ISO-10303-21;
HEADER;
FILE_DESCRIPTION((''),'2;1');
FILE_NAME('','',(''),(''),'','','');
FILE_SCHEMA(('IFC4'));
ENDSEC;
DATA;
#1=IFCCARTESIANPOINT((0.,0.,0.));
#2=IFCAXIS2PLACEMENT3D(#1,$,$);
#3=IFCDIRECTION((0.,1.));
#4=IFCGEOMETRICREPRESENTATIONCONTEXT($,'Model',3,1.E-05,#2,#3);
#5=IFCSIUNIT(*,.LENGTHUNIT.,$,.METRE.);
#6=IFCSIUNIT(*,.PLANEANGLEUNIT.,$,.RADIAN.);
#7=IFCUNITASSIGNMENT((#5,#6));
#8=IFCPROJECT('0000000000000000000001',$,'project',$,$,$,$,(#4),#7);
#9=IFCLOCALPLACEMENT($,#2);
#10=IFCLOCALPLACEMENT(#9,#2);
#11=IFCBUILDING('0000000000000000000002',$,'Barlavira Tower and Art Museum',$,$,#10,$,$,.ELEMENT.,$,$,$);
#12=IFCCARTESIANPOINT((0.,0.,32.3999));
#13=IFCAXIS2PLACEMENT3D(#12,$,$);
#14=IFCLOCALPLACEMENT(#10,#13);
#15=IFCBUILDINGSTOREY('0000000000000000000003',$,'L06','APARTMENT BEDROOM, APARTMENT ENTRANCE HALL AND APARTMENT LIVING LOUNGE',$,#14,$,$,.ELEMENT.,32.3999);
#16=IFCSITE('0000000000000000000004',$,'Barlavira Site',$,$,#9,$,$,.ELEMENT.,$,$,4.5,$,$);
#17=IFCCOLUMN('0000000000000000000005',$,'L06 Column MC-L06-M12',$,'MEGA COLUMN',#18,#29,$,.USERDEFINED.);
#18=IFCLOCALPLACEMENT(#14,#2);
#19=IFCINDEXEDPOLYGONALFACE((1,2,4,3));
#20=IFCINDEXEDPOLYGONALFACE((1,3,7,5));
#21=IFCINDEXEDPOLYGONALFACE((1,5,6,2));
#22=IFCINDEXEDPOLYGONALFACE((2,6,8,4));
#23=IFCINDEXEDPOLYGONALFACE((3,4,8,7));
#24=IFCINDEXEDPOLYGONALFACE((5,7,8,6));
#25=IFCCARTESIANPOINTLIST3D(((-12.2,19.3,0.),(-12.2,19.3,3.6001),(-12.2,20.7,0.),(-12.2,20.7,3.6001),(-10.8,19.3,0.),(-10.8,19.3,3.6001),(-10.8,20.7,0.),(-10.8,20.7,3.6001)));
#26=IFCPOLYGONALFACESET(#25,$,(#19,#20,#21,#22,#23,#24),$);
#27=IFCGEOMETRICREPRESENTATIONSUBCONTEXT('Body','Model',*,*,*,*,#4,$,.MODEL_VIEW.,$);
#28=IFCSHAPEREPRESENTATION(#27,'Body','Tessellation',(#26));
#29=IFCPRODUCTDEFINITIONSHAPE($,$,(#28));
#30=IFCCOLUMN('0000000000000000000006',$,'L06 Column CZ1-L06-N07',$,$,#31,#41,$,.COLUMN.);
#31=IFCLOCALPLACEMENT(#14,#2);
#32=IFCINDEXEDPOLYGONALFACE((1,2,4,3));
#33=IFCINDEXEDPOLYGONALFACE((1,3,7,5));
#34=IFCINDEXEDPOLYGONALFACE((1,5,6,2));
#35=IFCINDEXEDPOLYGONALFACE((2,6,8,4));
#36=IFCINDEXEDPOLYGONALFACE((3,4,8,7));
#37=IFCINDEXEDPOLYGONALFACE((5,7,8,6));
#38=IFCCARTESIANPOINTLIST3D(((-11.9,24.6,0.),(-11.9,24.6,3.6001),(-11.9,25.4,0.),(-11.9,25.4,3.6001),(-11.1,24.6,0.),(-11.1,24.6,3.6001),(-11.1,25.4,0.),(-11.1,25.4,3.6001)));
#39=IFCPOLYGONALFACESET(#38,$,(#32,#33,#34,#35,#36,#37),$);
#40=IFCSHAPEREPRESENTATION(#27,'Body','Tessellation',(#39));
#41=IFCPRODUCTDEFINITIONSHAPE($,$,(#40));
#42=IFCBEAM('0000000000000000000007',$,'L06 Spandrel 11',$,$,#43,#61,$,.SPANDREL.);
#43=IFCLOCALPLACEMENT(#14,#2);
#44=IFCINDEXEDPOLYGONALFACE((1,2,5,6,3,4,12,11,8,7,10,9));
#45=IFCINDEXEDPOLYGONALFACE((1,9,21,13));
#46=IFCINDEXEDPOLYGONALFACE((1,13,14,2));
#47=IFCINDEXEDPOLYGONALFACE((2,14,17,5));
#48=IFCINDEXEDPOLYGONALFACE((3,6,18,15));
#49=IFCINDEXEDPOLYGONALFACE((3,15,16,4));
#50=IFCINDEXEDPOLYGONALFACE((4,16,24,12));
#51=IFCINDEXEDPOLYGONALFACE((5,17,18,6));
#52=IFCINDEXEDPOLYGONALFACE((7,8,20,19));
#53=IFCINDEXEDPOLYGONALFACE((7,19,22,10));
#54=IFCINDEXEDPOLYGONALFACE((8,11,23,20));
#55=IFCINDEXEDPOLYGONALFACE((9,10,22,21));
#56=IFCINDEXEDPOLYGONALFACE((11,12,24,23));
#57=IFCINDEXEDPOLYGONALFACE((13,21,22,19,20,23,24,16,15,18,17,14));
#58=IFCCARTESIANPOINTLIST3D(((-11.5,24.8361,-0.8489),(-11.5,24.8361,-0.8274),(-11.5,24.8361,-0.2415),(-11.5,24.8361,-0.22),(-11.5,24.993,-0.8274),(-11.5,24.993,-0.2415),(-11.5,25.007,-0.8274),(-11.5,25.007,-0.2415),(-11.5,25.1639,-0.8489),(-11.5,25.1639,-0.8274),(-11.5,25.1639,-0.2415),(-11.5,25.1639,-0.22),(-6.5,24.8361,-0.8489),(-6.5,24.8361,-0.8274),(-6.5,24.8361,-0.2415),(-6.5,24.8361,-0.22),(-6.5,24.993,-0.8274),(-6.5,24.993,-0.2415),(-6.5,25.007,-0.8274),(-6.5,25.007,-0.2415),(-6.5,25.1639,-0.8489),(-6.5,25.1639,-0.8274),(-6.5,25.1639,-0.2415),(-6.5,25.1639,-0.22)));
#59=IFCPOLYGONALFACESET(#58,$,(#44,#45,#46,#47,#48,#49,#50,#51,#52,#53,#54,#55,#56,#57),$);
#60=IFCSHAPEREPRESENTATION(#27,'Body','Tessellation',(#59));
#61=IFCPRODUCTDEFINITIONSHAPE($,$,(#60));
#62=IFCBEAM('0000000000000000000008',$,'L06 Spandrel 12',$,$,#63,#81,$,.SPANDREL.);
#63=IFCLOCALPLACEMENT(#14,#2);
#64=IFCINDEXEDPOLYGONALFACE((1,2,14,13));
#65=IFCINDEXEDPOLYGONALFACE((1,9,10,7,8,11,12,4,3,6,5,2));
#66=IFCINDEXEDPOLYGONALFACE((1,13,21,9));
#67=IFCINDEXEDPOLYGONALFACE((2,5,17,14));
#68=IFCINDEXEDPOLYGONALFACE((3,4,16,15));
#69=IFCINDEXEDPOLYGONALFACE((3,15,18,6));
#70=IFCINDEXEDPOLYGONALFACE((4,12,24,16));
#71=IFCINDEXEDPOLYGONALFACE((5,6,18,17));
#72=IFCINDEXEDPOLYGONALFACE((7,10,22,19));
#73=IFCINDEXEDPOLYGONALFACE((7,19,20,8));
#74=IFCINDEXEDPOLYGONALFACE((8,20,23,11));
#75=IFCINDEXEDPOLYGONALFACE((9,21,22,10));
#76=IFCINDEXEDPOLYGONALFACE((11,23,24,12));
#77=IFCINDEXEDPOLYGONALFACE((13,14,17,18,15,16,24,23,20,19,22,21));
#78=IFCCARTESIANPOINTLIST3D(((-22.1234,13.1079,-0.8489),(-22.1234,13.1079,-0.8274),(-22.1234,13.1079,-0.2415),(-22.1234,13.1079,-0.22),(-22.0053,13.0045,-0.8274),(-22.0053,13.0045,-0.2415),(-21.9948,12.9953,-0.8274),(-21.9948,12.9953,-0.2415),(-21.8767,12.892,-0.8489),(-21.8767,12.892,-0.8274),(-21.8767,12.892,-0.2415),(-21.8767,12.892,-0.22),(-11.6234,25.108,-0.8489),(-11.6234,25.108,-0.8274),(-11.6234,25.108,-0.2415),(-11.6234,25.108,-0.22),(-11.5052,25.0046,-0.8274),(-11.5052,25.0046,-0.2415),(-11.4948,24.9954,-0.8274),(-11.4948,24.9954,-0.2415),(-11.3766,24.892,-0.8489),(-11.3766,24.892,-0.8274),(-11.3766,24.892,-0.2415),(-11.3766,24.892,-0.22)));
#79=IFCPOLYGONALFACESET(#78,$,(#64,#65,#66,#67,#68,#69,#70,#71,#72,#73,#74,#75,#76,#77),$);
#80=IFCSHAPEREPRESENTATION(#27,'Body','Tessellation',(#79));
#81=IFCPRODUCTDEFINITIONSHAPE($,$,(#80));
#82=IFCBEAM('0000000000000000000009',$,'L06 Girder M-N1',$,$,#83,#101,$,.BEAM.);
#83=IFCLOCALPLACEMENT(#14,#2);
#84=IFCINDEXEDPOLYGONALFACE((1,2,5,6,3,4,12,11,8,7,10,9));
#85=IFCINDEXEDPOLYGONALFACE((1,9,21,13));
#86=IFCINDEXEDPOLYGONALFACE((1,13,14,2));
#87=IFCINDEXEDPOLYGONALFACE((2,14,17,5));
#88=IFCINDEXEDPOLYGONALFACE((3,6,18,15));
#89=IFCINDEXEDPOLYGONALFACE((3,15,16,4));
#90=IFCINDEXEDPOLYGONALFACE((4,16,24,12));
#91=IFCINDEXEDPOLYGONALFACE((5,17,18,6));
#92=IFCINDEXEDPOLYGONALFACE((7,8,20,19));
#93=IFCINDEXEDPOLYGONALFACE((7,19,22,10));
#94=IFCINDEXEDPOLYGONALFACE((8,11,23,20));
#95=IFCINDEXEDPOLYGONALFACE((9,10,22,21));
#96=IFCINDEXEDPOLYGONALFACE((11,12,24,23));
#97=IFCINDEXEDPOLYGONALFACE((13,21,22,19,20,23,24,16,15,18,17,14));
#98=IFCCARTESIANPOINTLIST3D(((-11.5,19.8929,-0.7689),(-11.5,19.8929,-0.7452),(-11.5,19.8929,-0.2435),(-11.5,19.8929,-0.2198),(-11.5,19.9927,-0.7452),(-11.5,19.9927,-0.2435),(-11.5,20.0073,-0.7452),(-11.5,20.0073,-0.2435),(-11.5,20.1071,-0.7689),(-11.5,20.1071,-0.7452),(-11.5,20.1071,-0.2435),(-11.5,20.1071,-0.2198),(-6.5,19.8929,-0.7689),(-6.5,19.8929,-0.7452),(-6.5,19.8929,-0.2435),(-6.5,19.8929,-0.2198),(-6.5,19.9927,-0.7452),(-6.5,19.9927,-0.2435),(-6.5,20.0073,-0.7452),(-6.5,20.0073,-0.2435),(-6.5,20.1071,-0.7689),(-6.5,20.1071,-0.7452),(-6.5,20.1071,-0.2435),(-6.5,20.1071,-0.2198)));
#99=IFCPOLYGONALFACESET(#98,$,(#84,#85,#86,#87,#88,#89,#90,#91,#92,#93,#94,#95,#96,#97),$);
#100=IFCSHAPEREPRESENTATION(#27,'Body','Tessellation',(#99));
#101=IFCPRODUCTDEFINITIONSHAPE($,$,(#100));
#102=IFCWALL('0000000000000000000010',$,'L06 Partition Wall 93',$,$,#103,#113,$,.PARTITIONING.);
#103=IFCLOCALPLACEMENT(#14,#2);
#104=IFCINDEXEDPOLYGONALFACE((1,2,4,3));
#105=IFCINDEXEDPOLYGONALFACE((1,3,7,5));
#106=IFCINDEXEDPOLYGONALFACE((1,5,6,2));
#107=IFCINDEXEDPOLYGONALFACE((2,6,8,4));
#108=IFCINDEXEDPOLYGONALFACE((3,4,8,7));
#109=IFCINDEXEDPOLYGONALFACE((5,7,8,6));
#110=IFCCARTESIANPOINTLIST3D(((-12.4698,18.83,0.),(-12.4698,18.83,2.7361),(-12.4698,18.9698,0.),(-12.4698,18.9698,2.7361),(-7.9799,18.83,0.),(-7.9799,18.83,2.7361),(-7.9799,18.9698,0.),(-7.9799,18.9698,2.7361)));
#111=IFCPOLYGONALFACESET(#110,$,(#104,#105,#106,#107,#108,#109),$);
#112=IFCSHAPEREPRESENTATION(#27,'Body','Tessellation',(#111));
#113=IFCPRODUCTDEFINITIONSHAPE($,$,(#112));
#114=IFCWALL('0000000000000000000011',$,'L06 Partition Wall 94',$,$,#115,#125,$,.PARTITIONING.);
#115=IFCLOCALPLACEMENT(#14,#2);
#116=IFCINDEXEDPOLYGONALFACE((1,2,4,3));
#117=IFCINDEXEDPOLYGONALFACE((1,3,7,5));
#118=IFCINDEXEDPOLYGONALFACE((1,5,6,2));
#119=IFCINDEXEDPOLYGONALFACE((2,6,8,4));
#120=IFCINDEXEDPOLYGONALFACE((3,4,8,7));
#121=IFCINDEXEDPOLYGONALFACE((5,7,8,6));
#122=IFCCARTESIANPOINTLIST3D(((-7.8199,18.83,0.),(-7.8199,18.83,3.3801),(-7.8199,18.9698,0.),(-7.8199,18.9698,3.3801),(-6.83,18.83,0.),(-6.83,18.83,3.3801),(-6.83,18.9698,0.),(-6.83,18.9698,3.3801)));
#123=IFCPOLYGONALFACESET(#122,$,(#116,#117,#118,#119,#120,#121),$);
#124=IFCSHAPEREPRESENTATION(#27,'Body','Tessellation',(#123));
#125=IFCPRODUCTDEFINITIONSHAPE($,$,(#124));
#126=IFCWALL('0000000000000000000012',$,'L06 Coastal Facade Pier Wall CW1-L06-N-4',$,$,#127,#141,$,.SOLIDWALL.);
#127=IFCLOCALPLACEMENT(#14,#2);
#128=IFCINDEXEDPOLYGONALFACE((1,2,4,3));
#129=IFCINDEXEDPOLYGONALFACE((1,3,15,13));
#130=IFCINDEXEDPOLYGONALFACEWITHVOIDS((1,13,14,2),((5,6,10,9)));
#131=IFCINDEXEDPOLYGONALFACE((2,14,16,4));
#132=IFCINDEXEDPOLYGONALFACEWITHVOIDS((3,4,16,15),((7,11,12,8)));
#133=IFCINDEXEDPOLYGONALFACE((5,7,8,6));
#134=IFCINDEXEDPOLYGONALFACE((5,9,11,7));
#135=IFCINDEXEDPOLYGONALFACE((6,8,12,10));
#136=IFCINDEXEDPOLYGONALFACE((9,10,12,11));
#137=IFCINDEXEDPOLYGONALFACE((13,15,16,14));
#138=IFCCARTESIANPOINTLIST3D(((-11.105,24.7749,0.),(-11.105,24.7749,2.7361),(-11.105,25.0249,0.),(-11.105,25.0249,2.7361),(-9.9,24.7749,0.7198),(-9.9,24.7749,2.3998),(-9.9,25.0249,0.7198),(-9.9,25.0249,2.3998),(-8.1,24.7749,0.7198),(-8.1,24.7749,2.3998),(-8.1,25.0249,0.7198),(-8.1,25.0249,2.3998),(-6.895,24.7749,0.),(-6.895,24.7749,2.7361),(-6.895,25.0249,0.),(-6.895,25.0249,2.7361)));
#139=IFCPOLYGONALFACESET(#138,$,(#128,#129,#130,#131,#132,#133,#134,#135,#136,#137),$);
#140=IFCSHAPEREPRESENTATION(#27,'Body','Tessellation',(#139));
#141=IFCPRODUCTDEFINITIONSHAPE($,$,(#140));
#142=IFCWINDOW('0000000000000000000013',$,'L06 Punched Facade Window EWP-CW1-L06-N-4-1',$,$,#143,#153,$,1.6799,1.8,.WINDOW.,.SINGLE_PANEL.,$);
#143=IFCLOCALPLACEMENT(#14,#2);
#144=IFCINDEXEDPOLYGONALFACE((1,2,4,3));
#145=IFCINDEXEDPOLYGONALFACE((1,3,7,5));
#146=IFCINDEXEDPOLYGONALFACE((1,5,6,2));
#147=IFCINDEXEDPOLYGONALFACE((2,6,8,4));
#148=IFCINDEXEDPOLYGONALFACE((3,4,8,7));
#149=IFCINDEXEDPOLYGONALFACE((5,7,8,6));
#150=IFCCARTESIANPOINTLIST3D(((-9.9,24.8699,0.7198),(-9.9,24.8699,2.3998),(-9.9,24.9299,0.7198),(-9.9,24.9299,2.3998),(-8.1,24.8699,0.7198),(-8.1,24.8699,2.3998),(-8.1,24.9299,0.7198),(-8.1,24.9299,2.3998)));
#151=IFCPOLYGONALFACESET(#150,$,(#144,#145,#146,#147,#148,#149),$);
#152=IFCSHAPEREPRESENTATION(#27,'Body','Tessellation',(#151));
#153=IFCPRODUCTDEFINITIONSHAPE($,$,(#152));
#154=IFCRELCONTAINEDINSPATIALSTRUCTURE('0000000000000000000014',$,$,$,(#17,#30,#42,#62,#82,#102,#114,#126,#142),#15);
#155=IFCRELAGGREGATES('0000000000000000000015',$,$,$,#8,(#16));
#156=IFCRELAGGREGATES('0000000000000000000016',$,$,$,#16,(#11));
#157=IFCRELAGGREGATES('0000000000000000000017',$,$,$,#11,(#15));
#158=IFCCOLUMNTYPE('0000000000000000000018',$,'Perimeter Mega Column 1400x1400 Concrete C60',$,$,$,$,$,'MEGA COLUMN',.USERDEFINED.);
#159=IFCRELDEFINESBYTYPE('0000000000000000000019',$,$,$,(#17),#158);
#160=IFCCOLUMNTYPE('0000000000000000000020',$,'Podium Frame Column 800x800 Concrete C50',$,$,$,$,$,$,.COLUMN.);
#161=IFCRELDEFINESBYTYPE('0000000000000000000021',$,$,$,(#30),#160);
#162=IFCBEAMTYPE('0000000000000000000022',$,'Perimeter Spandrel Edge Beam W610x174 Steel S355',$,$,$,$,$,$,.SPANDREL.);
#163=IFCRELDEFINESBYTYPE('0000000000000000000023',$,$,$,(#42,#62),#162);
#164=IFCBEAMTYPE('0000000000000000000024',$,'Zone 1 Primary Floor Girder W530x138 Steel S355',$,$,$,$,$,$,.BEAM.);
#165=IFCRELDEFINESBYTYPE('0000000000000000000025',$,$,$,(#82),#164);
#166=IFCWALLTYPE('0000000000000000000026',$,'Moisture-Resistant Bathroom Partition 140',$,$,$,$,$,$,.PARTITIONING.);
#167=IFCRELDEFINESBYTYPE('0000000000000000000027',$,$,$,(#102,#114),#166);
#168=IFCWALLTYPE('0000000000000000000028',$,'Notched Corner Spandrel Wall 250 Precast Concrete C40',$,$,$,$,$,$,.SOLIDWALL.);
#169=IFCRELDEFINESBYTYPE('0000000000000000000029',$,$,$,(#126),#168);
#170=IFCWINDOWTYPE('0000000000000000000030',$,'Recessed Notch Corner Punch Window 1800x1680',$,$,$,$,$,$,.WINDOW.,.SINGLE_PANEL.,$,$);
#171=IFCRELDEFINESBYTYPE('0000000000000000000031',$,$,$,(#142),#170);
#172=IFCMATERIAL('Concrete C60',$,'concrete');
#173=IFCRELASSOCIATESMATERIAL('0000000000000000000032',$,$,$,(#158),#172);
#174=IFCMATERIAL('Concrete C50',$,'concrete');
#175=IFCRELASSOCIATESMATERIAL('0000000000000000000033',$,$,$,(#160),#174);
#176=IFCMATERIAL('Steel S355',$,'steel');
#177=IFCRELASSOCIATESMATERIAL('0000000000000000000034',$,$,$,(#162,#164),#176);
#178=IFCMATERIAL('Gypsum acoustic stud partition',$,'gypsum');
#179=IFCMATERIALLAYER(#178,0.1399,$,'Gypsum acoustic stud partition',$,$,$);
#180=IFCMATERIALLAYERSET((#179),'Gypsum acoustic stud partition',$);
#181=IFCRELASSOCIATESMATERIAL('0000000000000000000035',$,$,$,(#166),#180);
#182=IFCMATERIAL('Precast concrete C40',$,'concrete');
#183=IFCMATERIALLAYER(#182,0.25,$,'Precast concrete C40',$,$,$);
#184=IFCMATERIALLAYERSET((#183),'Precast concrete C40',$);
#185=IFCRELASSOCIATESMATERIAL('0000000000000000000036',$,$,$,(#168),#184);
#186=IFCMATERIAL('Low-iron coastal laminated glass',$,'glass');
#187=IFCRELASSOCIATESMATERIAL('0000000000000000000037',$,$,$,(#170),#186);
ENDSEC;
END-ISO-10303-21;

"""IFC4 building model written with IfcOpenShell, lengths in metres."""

from ifc_helpers import new_model, si_unit, direction, frame, frame_2d, origin, origin_2d, place, context, subcontext, project, spatial, rectangle, i_section, extrude, material, layer, layer_set, material_profile, profile_set, type_object, element, fill, save


model = new_model("IFC4")

# Units and contexts
model_context = context("Model", 3, precision=1e-05, world=origin(), true_north=direction((0.0, 1.0)))
body_context = subcontext(model_context, "Body", "Model", "MODEL_VIEW")
ifc_project = project(units=[si_unit("LENGTHUNIT", "METRE"), si_unit("PLANEANGLEUNIT", "RADIAN")], contexts=[model_context])

# Site, building, storey
site_placement = place(None, origin())
site = spatial("IfcSite", under=ifc_project, at=site_placement, Name="Barlavira Site", CompositionType="ELEMENT", RefElevation=4.5)
building_placement = place(site_placement, origin())
building = spatial("IfcBuilding", under=site, at=building_placement, Name="Barlavira Tower and Art Museum", CompositionType="ELEMENT")
storey_placement = place(building_placement, frame((0.0, 0.0, 32.3999)))
storey = spatial("IfcBuildingStorey", under=building, at=storey_placement, Name="L06", Description="APARTMENT BEDROOM, APARTMENT ENTRANCE HALL AND APARTMENT LIVING LOUNGE", CompositionType="ELEMENT", Elevation=32.3999)

# Columns
ifc_material_1 = material(Name="Concrete C60", Category="concrete")
ifc_material_profile_1 = material_profile(ifc_material_1, rectangle(XDim=1.3999, YDim=1.3999, at=origin_2d()), Name="RC-MCOL 1400x1400")
ifc_profile_set_1 = profile_set([ifc_material_profile_1], Name="Concrete C60")
column_type_1 = type_object("IfcColumnType", Name="Perimeter Mega Column 1400x1400 Concrete C60", ElementType="MEGA COLUMN", PredefinedType="USERDEFINED", material=ifc_profile_set_1)
column_1_placement = place(storey_placement, frame((-11.5, 20.0, 0.0), z_axis=(0.0, 0.0, 1.0), x_axis=(1.0, 0.0, 0.0)))
element("IfcColumn", 1, at=column_1_placement, inside=storey, type_object=column_type_1, Name="L06 Column MC-L06-M12", ObjectType="MEGA COLUMN", PredefinedType="USERDEFINED", context=body_context, shape_type="SweptSolid", body=[
    extrude(rectangle(XDim=1.3999, YDim=1.3999, at=origin_2d()), origin(), (0.0, 0.0, 1.0), 3.6001),
])
ifc_material_2 = material(Name="Concrete C50", Category="concrete")
ifc_material_profile_2 = material_profile(ifc_material_2, rectangle(XDim=0.8, YDim=0.8, at=origin_2d()), Name="RC-COL 800x800")
ifc_profile_set_2 = profile_set([ifc_material_profile_2], Name="Concrete C50")
column_type_2 = type_object("IfcColumnType", Name="Podium Frame Column 800x800 Concrete C50", PredefinedType="COLUMN", material=ifc_profile_set_2)
column_2_placement = place(storey_placement, frame((-11.5, 25.0, 0.0), z_axis=(0.0, 0.0, 1.0), x_axis=(1.0, 0.0, 0.0)))
element("IfcColumn", 2, at=column_2_placement, inside=storey, type_object=column_type_2, Name="L06 Column CZ1-L06-N07", PredefinedType="COLUMN", context=body_context, shape_type="SweptSolid", body=[
    extrude(rectangle(XDim=0.8, YDim=0.8, at=origin_2d()), origin(), (0.0, 0.0, 1.0), 3.6001),
])

# Beams
ifc_material_3 = material(Name="Steel S355", Category="steel")
ifc_material_profile_3 = material_profile(ifc_material_3, i_section(OverallWidth=0.3279, OverallDepth=0.6289, WebThickness=0.0139, FlangeThickness=0.0215, at=origin_2d()), Name="W610x174.0")
ifc_profile_set_3 = profile_set([ifc_material_profile_3], Name="Steel S355")
beam_type_1 = type_object("IfcBeamType", Name="Perimeter Spandrel Edge Beam W610x174 Steel S355", PredefinedType="SPANDREL", material=ifc_profile_set_3)
beam_1_placement = place(storey_placement, frame((-11.5, 25.0, -0.5344), z_axis=(1.0, 0.0, 0.0), x_axis=(0.0, 1.0, 0.0)))
element("IfcBeam", 3, at=beam_1_placement, inside=storey, type_object=beam_type_1, Name="L06 Spandrel 11", PredefinedType="SPANDREL", context=body_context, shape_type="SweptSolid", body=[
    extrude(i_section(OverallWidth=0.3279, OverallDepth=0.6289, WebThickness=0.0139, FlangeThickness=0.0215, at=origin_2d()), origin(), (0.0, 0.0, 1.0), 5.0),
])
beam_2_placement = place(storey_placement, frame((-11.5, 25.0, -0.5344), z_axis=(-0.658505, -0.752577, 0.0), x_axis=(0.752577, -0.658505, 0.0)))
element("IfcBeam", 4, at=beam_2_placement, inside=storey, type_object=beam_type_1, Name="L06 Spandrel 12", PredefinedType="SPANDREL", context=body_context, shape_type="SweptSolid", body=[
    extrude(i_section(OverallWidth=0.3279, OverallDepth=0.6289, WebThickness=0.0139, FlangeThickness=0.0215, at=origin_2d()), origin(), (0.0, 0.0, 1.0), 15.9453),
])
ifc_material_profile_4 = material_profile(ifc_material_3, i_section(OverallWidth=0.2141, OverallDepth=0.5491, WebThickness=0.0146, FlangeThickness=0.0237, at=origin_2d()), Name="W530x138.0")
ifc_profile_set_4 = profile_set([ifc_material_profile_4], Name="Steel S355")
beam_type_2 = type_object("IfcBeamType", Name="Zone 1 Primary Floor Girder W530x138 Steel S355", PredefinedType="BEAM", material=ifc_profile_set_4)
beam_3_placement = place(storey_placement, frame((-11.5, 20.0, -0.4944), z_axis=(1.0, 0.0, 0.0), x_axis=(0.0, 1.0, 0.0)))
element("IfcBeam", 5, at=beam_3_placement, inside=storey, type_object=beam_type_2, Name="L06 Girder M-N1", PredefinedType="BEAM", context=body_context, shape_type="SweptSolid", body=[
    extrude(i_section(OverallWidth=0.2141, OverallDepth=0.5491, WebThickness=0.0146, FlangeThickness=0.0237, at=origin_2d()), origin(), (0.0, 0.0, 1.0), 5.0),
])

# Walls
ifc_material_4 = material(Name="Gypsum acoustic stud partition", Category="gypsum")
ifc_layer_1 = layer(ifc_material_4, 0.1399, Name="Gypsum acoustic stud partition")
ifc_layer_set_1 = layer_set([ifc_layer_1], Name="Gypsum acoustic stud partition")
wall_type_1 = type_object("IfcWallType", Name="Moisture-Resistant Bathroom Partition 140", PredefinedType="PARTITIONING", material=ifc_layer_set_1)
wall_1_placement = place(storey_placement, frame((-12.47, 18.8999, 0.0), z_axis=(0.0, 0.0, 1.0), x_axis=(1.0, 0.0, 0.0)))
element("IfcWall", 6, at=wall_1_placement, inside=storey, type_object=wall_type_1, Name="L06 Partition Wall 93", PredefinedType="PARTITIONING", context=body_context, shape_type="SweptSolid", body=[
    extrude(rectangle(XDim=4.49, YDim=0.1399, at=frame_2d((2.2451, 0.0))), origin(), (0.0, 0.0, 1.0), 2.7361),
])
wall_2_placement = place(storey_placement, frame((-7.8201, 18.8999, 0.0), z_axis=(0.0, 0.0, 1.0), x_axis=(1.0, 0.0, 0.0)))
element("IfcWall", 7, at=wall_2_placement, inside=storey, type_object=wall_type_1, Name="L06 Partition Wall 94", PredefinedType="PARTITIONING", context=body_context, shape_type="SweptSolid", body=[
    extrude(rectangle(XDim=0.99, YDim=0.1399, at=frame_2d((0.4951, 0.0))), origin(), (0.0, 0.0, 1.0), 3.3801),
])

# Wall, opening, window
ifc_material_5 = material(Name="Precast concrete C40", Category="concrete")
ifc_layer_2 = layer(ifc_material_5, 0.25, Name="Precast concrete C40")
ifc_layer_set_2 = layer_set([ifc_layer_2], Name="Precast concrete C40")
wall_type_2 = type_object("IfcWallType", Name="Notched Corner Spandrel Wall 250 Precast Concrete C40", PredefinedType="SOLIDWALL", material=ifc_layer_set_2)
wall_3_placement = place(storey_placement, frame((-6.895, 24.8999, 0.0), z_axis=(0.0, 0.0, 1.0), x_axis=(-1.0, 0.0, 0.0)))
wall_3 = element("IfcWall", 8, at=wall_3_placement, inside=storey, type_object=wall_type_2, Name="L06 Coastal Facade Pier Wall CW1-L06-N-4", PredefinedType="SOLIDWALL", context=body_context, shape_type="SweptSolid", body=[
    extrude(rectangle(XDim=4.21, YDim=0.25, at=frame_2d((2.105, 0.0))), origin(), (0.0, 0.0, 1.0), 2.7361),
])
opening_1_placement = place(wall_3_placement, frame((1.2051, 0.0, 0.72)))
opening_1 = element("IfcOpeningElement", 9, at=opening_1_placement, cuts=wall_3, PredefinedType="OPENING", context=body_context, shape_type="SweptSolid", body=[
    extrude(rectangle(XDim=1.8, YDim=1.6799, at=frame_2d((0.8999, 0.8398))), frame((0.0, 0.135, 0.0), z_axis=(0.0, -1.0, 0.0), x_axis=(1.0, 0.0, 0.0)), (0.0, 0.0, 1.0), 0.27),
])
ifc_material_6 = material(Name="Low-iron coastal laminated glass", Category="glass")
window_type = type_object("IfcWindowType", Name="Recessed Notch Corner Punch Window 1800x1680", PartitioningType="SINGLE_PANEL", PredefinedType="WINDOW", material=ifc_material_6)
window_1_placement = place(opening_1_placement, origin())
window_1 = element("IfcWindow", 10, at=window_1_placement, inside=storey, type_object=window_type, Name="L06 Punched Facade Window EWP-CW1-L06-N-4-1", OverallHeight=1.6799, OverallWidth=1.8, PartitioningType="SINGLE_PANEL", PredefinedType="WINDOW", context=body_context, shape_type="SweptSolid", body=[
    extrude(rectangle(XDim=1.8, YDim=1.6799, at=frame_2d((0.8999, 0.8398))), frame((0.0, 0.03, 0.0), z_axis=(0.0, -1.0, 0.0), x_axis=(1.0, 0.0, 0.0)), (0.0, 0.0, 1.0), 0.0601),
])
fill(opening_1, window_1)

save(model, "model.ifc")
